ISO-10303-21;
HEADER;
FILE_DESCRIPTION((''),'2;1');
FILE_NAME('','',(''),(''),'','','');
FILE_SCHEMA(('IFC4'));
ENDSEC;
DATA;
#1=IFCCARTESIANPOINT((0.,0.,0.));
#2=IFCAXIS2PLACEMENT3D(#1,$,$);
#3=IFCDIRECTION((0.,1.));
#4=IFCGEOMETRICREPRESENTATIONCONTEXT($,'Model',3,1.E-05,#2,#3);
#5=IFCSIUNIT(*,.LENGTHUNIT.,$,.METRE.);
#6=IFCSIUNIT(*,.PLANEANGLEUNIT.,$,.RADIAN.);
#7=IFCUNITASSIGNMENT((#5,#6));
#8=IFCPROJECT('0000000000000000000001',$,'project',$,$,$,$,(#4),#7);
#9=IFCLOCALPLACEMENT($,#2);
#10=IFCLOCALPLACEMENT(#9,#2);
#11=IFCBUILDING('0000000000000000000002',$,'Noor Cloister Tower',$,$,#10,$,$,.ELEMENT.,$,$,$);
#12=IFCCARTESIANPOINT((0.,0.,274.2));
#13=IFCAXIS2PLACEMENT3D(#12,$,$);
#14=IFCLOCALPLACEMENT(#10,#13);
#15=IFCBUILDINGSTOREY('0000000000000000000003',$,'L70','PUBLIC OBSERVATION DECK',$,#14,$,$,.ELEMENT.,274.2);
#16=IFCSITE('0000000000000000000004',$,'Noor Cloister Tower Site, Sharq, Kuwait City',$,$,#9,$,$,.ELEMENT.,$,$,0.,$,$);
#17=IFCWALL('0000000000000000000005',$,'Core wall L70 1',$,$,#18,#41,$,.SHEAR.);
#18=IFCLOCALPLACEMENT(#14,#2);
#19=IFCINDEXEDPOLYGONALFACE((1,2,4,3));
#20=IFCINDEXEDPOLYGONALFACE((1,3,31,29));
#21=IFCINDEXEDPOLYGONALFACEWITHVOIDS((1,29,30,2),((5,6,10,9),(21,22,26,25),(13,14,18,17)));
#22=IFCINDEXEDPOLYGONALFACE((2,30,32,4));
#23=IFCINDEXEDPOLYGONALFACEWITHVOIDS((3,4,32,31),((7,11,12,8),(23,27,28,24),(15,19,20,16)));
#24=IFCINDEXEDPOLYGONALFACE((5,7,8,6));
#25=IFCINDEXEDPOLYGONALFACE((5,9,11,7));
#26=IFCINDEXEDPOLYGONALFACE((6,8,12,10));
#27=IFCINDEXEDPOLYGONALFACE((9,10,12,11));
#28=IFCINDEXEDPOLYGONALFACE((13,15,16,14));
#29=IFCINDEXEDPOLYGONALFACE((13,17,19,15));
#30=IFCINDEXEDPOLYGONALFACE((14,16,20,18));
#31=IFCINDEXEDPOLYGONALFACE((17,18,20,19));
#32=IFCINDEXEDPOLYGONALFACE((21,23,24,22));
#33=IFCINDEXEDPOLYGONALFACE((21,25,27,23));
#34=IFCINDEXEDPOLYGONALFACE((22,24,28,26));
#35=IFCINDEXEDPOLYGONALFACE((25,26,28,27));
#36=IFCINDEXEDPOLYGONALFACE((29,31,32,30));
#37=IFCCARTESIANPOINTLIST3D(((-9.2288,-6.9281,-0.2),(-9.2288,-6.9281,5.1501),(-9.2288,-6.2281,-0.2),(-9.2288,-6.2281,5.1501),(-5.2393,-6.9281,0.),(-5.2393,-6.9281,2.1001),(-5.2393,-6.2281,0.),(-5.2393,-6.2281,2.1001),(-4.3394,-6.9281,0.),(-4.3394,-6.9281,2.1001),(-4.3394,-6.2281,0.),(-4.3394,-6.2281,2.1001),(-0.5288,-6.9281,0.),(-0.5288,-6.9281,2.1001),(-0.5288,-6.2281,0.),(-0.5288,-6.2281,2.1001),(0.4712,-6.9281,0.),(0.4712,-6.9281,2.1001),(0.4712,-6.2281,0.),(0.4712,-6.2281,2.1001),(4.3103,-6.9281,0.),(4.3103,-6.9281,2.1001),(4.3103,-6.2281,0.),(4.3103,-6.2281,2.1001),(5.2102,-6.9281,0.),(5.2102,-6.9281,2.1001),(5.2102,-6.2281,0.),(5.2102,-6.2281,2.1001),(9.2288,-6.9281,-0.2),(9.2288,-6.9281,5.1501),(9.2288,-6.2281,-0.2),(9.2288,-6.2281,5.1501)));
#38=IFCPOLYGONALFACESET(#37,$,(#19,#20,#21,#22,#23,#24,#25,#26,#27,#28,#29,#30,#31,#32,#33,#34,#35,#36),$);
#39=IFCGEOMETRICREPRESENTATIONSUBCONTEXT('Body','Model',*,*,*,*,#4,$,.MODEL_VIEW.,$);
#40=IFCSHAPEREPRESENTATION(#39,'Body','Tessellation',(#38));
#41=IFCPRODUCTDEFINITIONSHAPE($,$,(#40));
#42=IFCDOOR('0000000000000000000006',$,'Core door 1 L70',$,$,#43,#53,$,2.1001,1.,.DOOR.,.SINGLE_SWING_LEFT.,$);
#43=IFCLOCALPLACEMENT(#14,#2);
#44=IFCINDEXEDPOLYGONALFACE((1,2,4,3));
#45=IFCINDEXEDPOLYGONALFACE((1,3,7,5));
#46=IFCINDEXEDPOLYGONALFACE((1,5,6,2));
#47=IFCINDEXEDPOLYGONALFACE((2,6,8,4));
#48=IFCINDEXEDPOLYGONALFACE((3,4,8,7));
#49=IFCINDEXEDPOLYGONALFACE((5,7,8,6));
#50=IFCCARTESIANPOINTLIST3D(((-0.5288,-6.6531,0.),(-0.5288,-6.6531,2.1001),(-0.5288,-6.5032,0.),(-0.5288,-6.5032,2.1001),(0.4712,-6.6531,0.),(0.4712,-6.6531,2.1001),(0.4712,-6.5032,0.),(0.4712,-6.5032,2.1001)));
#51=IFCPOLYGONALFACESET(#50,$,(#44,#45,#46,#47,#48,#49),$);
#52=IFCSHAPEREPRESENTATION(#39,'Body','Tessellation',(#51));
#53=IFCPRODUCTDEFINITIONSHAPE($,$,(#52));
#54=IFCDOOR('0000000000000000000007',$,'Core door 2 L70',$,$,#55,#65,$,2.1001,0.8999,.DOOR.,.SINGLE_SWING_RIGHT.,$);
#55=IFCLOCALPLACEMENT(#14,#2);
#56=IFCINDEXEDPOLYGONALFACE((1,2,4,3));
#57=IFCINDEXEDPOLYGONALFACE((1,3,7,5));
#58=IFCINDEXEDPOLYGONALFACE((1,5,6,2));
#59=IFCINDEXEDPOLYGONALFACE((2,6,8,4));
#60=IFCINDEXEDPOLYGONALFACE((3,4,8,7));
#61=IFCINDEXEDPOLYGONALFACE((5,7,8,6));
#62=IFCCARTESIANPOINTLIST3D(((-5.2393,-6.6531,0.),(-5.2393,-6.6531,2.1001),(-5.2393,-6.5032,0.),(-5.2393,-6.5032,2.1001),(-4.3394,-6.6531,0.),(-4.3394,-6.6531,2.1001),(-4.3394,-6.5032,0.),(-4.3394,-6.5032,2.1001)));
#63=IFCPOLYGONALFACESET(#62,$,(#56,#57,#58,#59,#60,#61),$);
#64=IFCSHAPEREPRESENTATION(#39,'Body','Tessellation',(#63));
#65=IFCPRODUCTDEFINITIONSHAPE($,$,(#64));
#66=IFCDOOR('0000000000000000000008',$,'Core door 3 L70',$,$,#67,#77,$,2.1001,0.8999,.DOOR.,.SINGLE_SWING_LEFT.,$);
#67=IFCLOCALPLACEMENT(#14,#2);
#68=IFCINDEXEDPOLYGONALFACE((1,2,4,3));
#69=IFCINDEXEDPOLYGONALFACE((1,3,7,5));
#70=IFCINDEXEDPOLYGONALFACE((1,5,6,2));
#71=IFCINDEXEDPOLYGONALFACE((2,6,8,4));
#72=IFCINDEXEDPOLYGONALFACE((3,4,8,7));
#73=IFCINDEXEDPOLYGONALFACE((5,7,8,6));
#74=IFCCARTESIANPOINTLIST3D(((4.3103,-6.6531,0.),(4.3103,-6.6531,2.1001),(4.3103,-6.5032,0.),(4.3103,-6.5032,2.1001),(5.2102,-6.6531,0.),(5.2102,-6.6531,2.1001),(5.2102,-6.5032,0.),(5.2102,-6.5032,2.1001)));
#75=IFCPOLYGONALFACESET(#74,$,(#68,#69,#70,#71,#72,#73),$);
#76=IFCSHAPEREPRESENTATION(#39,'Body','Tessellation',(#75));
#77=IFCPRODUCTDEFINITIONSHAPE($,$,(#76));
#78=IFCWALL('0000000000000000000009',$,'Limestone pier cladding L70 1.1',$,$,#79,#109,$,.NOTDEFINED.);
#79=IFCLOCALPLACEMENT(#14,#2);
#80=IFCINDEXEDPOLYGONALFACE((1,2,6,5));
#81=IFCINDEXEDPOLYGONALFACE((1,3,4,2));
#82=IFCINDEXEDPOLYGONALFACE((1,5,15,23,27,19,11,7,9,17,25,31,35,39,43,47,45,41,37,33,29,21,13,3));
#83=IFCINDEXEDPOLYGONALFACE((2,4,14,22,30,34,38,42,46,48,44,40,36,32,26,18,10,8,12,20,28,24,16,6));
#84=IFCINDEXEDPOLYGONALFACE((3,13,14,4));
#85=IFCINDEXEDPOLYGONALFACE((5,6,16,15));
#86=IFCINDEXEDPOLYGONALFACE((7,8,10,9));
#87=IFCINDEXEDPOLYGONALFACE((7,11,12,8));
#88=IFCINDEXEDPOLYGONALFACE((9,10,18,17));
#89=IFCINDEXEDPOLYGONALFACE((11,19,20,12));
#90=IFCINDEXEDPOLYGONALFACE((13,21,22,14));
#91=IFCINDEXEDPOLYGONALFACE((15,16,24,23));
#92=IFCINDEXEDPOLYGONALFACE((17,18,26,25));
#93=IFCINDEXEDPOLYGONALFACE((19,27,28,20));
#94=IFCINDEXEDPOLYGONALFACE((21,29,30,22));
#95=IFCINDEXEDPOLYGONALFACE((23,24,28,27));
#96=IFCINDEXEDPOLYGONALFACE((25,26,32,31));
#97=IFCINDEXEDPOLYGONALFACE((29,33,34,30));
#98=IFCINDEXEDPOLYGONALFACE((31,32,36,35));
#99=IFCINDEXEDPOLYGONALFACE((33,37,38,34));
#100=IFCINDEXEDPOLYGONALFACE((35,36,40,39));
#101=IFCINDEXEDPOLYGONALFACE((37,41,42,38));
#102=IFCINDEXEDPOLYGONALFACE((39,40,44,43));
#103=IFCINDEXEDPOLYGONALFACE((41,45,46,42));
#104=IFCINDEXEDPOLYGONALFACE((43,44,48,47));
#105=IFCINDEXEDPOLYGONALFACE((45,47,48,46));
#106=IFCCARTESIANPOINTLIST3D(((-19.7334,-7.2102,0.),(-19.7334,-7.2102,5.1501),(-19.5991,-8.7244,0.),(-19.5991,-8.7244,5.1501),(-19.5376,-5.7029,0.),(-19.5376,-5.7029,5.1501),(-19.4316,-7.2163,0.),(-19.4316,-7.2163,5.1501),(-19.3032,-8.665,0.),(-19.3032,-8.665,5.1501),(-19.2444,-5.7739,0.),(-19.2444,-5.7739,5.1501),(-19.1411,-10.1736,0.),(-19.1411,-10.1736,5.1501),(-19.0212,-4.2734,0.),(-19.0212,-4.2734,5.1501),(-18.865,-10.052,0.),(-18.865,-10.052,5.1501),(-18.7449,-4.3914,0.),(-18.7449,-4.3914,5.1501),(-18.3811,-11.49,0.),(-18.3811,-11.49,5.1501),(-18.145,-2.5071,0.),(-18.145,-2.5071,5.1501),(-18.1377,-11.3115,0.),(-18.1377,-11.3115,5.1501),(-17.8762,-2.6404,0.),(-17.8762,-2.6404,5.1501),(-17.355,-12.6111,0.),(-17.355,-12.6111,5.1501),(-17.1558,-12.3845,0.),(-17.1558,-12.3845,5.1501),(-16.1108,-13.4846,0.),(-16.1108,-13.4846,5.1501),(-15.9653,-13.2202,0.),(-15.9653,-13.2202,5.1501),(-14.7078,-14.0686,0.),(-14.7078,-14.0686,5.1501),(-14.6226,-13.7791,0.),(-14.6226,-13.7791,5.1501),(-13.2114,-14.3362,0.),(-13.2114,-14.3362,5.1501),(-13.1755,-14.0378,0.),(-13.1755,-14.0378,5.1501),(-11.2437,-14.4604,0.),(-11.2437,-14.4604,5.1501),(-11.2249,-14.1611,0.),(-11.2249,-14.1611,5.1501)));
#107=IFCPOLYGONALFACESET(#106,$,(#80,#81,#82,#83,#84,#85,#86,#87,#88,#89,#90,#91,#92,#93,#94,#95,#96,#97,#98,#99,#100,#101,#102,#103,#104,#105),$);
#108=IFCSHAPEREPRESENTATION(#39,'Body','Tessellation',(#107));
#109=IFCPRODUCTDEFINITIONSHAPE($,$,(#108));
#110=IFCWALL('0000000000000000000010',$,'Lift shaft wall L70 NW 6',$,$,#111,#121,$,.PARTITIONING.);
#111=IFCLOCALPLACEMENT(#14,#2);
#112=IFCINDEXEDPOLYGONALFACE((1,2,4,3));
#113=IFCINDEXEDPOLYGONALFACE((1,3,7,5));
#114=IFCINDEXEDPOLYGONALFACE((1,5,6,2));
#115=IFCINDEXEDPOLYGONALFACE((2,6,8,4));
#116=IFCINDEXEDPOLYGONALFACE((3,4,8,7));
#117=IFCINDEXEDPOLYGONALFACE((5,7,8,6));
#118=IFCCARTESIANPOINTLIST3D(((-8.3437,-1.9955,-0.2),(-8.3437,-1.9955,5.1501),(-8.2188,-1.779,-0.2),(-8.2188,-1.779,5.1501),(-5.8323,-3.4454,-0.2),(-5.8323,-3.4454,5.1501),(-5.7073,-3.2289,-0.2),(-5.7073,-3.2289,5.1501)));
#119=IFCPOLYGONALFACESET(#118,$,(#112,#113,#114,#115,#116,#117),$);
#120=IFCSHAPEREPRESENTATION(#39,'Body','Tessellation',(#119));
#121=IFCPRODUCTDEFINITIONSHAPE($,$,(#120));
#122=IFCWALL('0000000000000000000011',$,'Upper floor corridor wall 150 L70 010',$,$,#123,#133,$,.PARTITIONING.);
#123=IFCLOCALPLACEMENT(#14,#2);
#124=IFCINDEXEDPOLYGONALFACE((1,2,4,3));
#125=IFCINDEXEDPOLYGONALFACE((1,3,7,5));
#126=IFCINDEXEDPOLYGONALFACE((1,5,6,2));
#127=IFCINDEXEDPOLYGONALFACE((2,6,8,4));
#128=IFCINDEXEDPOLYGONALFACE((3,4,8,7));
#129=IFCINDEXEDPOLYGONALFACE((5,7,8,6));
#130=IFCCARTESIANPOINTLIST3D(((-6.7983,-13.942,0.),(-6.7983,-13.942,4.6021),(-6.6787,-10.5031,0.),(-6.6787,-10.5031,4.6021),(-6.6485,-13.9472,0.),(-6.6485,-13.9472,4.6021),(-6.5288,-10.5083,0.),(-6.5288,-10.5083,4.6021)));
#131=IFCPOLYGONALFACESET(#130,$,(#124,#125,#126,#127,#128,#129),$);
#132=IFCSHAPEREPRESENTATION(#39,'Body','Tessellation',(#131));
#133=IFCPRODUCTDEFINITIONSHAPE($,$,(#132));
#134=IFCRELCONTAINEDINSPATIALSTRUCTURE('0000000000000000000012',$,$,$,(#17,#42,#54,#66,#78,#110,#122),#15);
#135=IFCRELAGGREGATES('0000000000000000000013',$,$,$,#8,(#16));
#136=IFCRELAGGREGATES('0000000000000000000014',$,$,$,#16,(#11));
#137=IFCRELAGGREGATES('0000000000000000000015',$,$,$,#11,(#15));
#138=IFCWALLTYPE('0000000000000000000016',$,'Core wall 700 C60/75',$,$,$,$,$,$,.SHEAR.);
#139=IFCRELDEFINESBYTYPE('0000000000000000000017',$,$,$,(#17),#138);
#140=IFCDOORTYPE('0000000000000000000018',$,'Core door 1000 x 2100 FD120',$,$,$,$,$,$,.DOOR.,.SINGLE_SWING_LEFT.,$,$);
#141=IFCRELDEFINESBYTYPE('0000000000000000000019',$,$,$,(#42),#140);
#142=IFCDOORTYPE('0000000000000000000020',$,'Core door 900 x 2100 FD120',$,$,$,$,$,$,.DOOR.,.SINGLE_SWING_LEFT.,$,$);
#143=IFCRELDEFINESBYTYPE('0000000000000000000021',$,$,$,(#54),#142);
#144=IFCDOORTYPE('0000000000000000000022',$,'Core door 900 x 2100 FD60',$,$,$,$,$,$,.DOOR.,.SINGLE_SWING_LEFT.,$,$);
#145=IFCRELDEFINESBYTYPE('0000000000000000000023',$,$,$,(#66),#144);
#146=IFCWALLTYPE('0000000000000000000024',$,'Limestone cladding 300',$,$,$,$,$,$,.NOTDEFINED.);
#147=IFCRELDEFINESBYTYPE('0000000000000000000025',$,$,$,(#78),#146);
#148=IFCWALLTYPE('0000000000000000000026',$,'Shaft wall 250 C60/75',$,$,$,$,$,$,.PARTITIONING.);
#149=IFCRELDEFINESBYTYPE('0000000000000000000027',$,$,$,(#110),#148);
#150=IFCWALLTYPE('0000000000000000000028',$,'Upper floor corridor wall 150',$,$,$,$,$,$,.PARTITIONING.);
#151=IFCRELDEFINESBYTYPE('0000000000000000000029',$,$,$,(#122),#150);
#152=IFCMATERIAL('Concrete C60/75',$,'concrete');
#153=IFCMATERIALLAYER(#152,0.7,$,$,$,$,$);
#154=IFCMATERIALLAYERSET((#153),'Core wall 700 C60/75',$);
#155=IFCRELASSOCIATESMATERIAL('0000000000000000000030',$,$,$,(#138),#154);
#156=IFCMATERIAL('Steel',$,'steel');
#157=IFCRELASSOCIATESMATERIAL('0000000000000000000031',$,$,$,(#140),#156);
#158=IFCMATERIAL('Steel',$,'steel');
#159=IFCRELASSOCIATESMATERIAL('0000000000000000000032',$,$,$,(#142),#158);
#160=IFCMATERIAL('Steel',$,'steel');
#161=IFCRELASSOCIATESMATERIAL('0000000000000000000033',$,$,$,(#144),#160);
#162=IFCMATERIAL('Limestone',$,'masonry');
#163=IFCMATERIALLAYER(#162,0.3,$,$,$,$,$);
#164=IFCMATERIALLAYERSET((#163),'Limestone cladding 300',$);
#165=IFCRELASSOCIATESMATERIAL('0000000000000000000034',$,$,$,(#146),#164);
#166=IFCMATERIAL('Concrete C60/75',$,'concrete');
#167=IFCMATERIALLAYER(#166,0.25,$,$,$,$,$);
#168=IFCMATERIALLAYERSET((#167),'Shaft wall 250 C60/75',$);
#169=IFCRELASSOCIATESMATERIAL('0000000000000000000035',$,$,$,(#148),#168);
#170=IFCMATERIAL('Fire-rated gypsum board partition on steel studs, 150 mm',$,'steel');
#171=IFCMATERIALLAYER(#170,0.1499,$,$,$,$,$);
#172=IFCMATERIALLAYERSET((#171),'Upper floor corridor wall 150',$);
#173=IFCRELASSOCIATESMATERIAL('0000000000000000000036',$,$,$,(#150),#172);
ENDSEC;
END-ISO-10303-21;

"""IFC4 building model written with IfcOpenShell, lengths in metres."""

from ifc_helpers import new_model, si_unit, direction, frame, frame_2d, origin, place, context, subcontext, project, spatial, polyline, rectangle, outline, extrude, material, layer, layer_set, type_object, element, fill, save


model = new_model("IFC4")

# Units and contexts
model_context = context("Model", 3, precision=1e-05, world=origin(), true_north=direction((0.0, 1.0)))
body_context = subcontext(model_context, "Body", "Model", "MODEL_VIEW")
ifc_project = project(units=[si_unit("LENGTHUNIT", "METRE"), si_unit("PLANEANGLEUNIT", "RADIAN")], contexts=[model_context])

# Site, building, storey
site_placement = place(None, origin())
site = spatial("IfcSite", under=ifc_project, at=site_placement, Name="Noor Cloister Tower Site, Sharq, Kuwait City", CompositionType="ELEMENT", RefElevation=0.0)
building_placement = place(site_placement, origin())
building = spatial("IfcBuilding", under=site, at=building_placement, Name="Noor Cloister Tower", CompositionType="ELEMENT")
storey_placement = place(building_placement, frame((0.0, 0.0, 274.2)))
storey = spatial("IfcBuildingStorey", under=building, at=storey_placement, Name="L70", Description="PUBLIC OBSERVATION DECK", CompositionType="ELEMENT", Elevation=274.2)

# Wall, openings, doors
ifc_material_1 = material(Name="Concrete C60/75", Category="concrete")
ifc_layer_1 = layer(ifc_material_1, 0.7)
ifc_layer_set_1 = layer_set([ifc_layer_1], Name="Core wall 700 C60/75")
wall_type_1 = type_object("IfcWallType", Name="Core wall 700 C60/75", PredefinedType="SHEAR", material=ifc_layer_set_1)
wall_1_placement = place(storey_placement, frame((-9.2288, -6.5781, -0.2), z_axis=(0.0, 0.0, 1.0), x_axis=(1.0, 0.0, 0.0)))
wall_1 = element("IfcWall", 1, at=wall_1_placement, inside=storey, type_object=wall_type_1, Name="Core wall L70 1", PredefinedType="SHEAR", context=body_context, shape_type="SweptSolid", body=[
    extrude(rectangle(XDim=18.4575, YDim=0.7, at=frame_2d((9.2288, 0.0))), origin(), (0.0, 0.0, 1.0), 5.3501),
])
opening_1_placement = place(wall_1_placement, frame((8.7, 0.0, 0.2)))
opening_1 = element("IfcOpeningElement", 2, at=opening_1_placement, cuts=wall_1, PredefinedType="OPENING", context=body_context, shape_type="SweptSolid", body=[
    extrude(rectangle(XDim=1.0, YDim=2.1001, at=frame_2d((0.5, 1.05))), frame((0.0, 0.3599, 0.0), z_axis=(0.0, -1.0, 0.0), x_axis=(1.0, 0.0, 0.0)), (0.0, 0.0, 1.0), 0.72),
])
opening_2_placement = place(wall_1_placement, frame((3.9895, 0.0, 0.2)))
opening_2 = element("IfcOpeningElement", 3, at=opening_2_placement, cuts=wall_1, PredefinedType="OPENING", context=body_context, shape_type="SweptSolid", body=[
    extrude(rectangle(XDim=0.8999, YDim=2.1001, at=frame_2d((0.45, 1.05))), frame((0.0, 0.3599, 0.0), z_axis=(0.0, -1.0, 0.0), x_axis=(1.0, 0.0, 0.0)), (0.0, 0.0, 1.0), 0.72),
])
opening_3_placement = place(wall_1_placement, frame((13.5391, 0.0, 0.2)))
opening_3 = element("IfcOpeningElement", 4, at=opening_3_placement, cuts=wall_1, PredefinedType="OPENING", context=body_context, shape_type="SweptSolid", body=[
    extrude(rectangle(XDim=0.8999, YDim=2.1001, at=frame_2d((0.45, 1.05))), frame((0.0, 0.3599, 0.0), z_axis=(0.0, -1.0, 0.0), x_axis=(1.0, 0.0, 0.0)), (0.0, 0.0, 1.0), 0.72),
])
ifc_material_2 = material(Name="Steel", Category="steel")
door_type_1 = type_object("IfcDoorType", Name="Core door 1000 x 2100 FD120", OperationType="SINGLE_SWING_LEFT", PredefinedType="DOOR", material=ifc_material_2)
door_1_placement = place(opening_1_placement, origin())
door_1 = element("IfcDoor", 5, at=door_1_placement, inside=storey, type_object=door_type_1, Name="Core door 1 L70", OperationType="SINGLE_SWING_LEFT", OverallHeight=2.1001, OverallWidth=1.0, PredefinedType="DOOR", context=body_context, shape_type="SweptSolid", body=[
    extrude(rectangle(XDim=1.0, YDim=2.1001, at=frame_2d((0.5, 1.05))), frame((0.0, 0.075, 0.0), z_axis=(0.0, -1.0, 0.0), x_axis=(1.0, 0.0, 0.0)), (0.0, 0.0, 1.0), 0.1499),
])
fill(opening_1, door_1)
ifc_material_3 = material(Name="Steel", Category="steel")
door_type_2 = type_object("IfcDoorType", Name="Core door 900 x 2100 FD120", OperationType="SINGLE_SWING_LEFT", PredefinedType="DOOR", material=ifc_material_3)
door_2_placement = place(opening_2_placement, origin())
door_2 = element("IfcDoor", 6, at=door_2_placement, inside=storey, type_object=door_type_2, Name="Core door 2 L70", OperationType="SINGLE_SWING_RIGHT", OverallHeight=2.1001, OverallWidth=0.8999, PredefinedType="DOOR", context=body_context, shape_type="SweptSolid", body=[
    extrude(rectangle(XDim=0.8999, YDim=2.1001, at=frame_2d((0.45, 1.05))), frame((0.0, 0.075, 0.0), z_axis=(0.0, -1.0, 0.0), x_axis=(1.0, 0.0, 0.0)), (0.0, 0.0, 1.0), 0.1499),
])
fill(opening_2, door_2)
ifc_material_4 = material(Name="Steel", Category="steel")
door_type_3 = type_object("IfcDoorType", Name="Core door 900 x 2100 FD60", OperationType="SINGLE_SWING_LEFT", PredefinedType="DOOR", material=ifc_material_4)
door_3_placement = place(opening_3_placement, origin())
door_3 = element("IfcDoor", 7, at=door_3_placement, inside=storey, type_object=door_type_3, Name="Core door 3 L70", OperationType="SINGLE_SWING_LEFT", OverallHeight=2.1001, OverallWidth=0.8999, PredefinedType="DOOR", context=body_context, shape_type="SweptSolid", body=[
    extrude(rectangle(XDim=0.8999, YDim=2.1001, at=frame_2d((0.45, 1.05))), frame((0.0, 0.075, 0.0), z_axis=(0.0, -1.0, 0.0), x_axis=(1.0, 0.0, 0.0)), (0.0, 0.0, 1.0), 0.1499),
])
fill(opening_3, door_3)

# Walls
ifc_material_5 = material(Name="Limestone", Category="masonry")
ifc_layer_2 = layer(ifc_material_5, 0.3)
ifc_layer_set_2 = layer_set([ifc_layer_2], Name="Limestone cladding 300")
wall_type_2 = type_object("IfcWallType", Name="Limestone cladding 300", PredefinedType="NOTDEFINED", material=ifc_layer_set_2)
wall_2_placement = place(storey_placement, origin())
element("IfcWall", 8, at=wall_2_placement, inside=storey, type_object=wall_type_2, Name="Limestone pier cladding L70 1.1", PredefinedType="NOTDEFINED", context=body_context, shape_type="SweptSolid", body=[
    extrude(outline(polyline([(-18.145, -2.5071), (-19.0212, -4.2734), (-19.5376, -5.7029), (-19.7334, -7.2102), (-19.5991, -8.7244), (-19.1411, -10.1736), (-18.3811, -11.49), (-17.355, -12.6111), (-16.1108, -13.4846), (-14.7078, -14.0686), (-13.2114, -14.3362), (-11.2437, -14.4604), (-11.2249, -14.1611), (-13.1755, -14.0378), (-14.6226, -13.7791), (-15.9653, -13.2202), (-17.1558, -12.3845), (-18.1377, -11.3115), (-18.865, -10.052), (-19.3032, -8.665), (-19.4316, -7.2163), (-19.2444, -5.7739), (-18.7449, -4.3914), (-17.8762, -2.6404), (-18.145, -2.5071)])), origin(), (0.0, 0.0, 1.0), 5.1501),
])
ifc_material_6 = material(Name="Concrete C60/75", Category="concrete")
ifc_layer_3 = layer(ifc_material_6, 0.25)
ifc_layer_set_3 = layer_set([ifc_layer_3], Name="Shaft wall 250 C60/75")
wall_type_3 = type_object("IfcWallType", Name="Shaft wall 250 C60/75", PredefinedType="PARTITIONING", material=ifc_layer_set_3)
wall_3_placement = place(storey_placement, frame((-8.2812, -1.8872, -0.2), z_axis=(0.0, 0.0, 1.0), x_axis=(0.866033, -0.499987, 0.0)))
element("IfcWall", 9, at=wall_3_placement, inside=storey, type_object=wall_type_3, Name="Lift shaft wall L70 NW 6", PredefinedType="PARTITIONING", context=body_context, shape_type="SweptSolid", body=[
    extrude(rectangle(XDim=2.8999, YDim=0.25, at=frame_2d((1.45, 0.0))), origin(), (0.0, 0.0, 1.0), 5.3501),
])
ifc_material_7 = material(Name="Fire-rated gypsum board partition on steel studs, 150 mm", Category="steel")
ifc_layer_4 = layer(ifc_material_7, 0.1499)
ifc_layer_set_4 = layer_set([ifc_layer_4], Name="Upper floor corridor wall 150")
wall_type_4 = type_object("IfcWallType", Name="Upper floor corridor wall 150", PredefinedType="PARTITIONING", material=ifc_layer_set_4)
wall_4_placement = place(storey_placement, frame((-6.7234, -13.9446, 0.0), z_axis=(0.0, 0.0, 1.0), x_axis=(0.034768, 0.999395, 0.0)))
element("IfcWall", 10, at=wall_4_placement, inside=storey, type_object=wall_type_4, Name="Upper floor corridor wall 150 L70 010", PredefinedType="PARTITIONING", context=body_context, shape_type="SweptSolid", body=[
    extrude(rectangle(XDim=3.4409, YDim=0.1499, at=frame_2d((1.7205, 0.0))), origin(), (0.0, 0.0, 1.0), 4.6021),
])

save(model, "model.ifc")
